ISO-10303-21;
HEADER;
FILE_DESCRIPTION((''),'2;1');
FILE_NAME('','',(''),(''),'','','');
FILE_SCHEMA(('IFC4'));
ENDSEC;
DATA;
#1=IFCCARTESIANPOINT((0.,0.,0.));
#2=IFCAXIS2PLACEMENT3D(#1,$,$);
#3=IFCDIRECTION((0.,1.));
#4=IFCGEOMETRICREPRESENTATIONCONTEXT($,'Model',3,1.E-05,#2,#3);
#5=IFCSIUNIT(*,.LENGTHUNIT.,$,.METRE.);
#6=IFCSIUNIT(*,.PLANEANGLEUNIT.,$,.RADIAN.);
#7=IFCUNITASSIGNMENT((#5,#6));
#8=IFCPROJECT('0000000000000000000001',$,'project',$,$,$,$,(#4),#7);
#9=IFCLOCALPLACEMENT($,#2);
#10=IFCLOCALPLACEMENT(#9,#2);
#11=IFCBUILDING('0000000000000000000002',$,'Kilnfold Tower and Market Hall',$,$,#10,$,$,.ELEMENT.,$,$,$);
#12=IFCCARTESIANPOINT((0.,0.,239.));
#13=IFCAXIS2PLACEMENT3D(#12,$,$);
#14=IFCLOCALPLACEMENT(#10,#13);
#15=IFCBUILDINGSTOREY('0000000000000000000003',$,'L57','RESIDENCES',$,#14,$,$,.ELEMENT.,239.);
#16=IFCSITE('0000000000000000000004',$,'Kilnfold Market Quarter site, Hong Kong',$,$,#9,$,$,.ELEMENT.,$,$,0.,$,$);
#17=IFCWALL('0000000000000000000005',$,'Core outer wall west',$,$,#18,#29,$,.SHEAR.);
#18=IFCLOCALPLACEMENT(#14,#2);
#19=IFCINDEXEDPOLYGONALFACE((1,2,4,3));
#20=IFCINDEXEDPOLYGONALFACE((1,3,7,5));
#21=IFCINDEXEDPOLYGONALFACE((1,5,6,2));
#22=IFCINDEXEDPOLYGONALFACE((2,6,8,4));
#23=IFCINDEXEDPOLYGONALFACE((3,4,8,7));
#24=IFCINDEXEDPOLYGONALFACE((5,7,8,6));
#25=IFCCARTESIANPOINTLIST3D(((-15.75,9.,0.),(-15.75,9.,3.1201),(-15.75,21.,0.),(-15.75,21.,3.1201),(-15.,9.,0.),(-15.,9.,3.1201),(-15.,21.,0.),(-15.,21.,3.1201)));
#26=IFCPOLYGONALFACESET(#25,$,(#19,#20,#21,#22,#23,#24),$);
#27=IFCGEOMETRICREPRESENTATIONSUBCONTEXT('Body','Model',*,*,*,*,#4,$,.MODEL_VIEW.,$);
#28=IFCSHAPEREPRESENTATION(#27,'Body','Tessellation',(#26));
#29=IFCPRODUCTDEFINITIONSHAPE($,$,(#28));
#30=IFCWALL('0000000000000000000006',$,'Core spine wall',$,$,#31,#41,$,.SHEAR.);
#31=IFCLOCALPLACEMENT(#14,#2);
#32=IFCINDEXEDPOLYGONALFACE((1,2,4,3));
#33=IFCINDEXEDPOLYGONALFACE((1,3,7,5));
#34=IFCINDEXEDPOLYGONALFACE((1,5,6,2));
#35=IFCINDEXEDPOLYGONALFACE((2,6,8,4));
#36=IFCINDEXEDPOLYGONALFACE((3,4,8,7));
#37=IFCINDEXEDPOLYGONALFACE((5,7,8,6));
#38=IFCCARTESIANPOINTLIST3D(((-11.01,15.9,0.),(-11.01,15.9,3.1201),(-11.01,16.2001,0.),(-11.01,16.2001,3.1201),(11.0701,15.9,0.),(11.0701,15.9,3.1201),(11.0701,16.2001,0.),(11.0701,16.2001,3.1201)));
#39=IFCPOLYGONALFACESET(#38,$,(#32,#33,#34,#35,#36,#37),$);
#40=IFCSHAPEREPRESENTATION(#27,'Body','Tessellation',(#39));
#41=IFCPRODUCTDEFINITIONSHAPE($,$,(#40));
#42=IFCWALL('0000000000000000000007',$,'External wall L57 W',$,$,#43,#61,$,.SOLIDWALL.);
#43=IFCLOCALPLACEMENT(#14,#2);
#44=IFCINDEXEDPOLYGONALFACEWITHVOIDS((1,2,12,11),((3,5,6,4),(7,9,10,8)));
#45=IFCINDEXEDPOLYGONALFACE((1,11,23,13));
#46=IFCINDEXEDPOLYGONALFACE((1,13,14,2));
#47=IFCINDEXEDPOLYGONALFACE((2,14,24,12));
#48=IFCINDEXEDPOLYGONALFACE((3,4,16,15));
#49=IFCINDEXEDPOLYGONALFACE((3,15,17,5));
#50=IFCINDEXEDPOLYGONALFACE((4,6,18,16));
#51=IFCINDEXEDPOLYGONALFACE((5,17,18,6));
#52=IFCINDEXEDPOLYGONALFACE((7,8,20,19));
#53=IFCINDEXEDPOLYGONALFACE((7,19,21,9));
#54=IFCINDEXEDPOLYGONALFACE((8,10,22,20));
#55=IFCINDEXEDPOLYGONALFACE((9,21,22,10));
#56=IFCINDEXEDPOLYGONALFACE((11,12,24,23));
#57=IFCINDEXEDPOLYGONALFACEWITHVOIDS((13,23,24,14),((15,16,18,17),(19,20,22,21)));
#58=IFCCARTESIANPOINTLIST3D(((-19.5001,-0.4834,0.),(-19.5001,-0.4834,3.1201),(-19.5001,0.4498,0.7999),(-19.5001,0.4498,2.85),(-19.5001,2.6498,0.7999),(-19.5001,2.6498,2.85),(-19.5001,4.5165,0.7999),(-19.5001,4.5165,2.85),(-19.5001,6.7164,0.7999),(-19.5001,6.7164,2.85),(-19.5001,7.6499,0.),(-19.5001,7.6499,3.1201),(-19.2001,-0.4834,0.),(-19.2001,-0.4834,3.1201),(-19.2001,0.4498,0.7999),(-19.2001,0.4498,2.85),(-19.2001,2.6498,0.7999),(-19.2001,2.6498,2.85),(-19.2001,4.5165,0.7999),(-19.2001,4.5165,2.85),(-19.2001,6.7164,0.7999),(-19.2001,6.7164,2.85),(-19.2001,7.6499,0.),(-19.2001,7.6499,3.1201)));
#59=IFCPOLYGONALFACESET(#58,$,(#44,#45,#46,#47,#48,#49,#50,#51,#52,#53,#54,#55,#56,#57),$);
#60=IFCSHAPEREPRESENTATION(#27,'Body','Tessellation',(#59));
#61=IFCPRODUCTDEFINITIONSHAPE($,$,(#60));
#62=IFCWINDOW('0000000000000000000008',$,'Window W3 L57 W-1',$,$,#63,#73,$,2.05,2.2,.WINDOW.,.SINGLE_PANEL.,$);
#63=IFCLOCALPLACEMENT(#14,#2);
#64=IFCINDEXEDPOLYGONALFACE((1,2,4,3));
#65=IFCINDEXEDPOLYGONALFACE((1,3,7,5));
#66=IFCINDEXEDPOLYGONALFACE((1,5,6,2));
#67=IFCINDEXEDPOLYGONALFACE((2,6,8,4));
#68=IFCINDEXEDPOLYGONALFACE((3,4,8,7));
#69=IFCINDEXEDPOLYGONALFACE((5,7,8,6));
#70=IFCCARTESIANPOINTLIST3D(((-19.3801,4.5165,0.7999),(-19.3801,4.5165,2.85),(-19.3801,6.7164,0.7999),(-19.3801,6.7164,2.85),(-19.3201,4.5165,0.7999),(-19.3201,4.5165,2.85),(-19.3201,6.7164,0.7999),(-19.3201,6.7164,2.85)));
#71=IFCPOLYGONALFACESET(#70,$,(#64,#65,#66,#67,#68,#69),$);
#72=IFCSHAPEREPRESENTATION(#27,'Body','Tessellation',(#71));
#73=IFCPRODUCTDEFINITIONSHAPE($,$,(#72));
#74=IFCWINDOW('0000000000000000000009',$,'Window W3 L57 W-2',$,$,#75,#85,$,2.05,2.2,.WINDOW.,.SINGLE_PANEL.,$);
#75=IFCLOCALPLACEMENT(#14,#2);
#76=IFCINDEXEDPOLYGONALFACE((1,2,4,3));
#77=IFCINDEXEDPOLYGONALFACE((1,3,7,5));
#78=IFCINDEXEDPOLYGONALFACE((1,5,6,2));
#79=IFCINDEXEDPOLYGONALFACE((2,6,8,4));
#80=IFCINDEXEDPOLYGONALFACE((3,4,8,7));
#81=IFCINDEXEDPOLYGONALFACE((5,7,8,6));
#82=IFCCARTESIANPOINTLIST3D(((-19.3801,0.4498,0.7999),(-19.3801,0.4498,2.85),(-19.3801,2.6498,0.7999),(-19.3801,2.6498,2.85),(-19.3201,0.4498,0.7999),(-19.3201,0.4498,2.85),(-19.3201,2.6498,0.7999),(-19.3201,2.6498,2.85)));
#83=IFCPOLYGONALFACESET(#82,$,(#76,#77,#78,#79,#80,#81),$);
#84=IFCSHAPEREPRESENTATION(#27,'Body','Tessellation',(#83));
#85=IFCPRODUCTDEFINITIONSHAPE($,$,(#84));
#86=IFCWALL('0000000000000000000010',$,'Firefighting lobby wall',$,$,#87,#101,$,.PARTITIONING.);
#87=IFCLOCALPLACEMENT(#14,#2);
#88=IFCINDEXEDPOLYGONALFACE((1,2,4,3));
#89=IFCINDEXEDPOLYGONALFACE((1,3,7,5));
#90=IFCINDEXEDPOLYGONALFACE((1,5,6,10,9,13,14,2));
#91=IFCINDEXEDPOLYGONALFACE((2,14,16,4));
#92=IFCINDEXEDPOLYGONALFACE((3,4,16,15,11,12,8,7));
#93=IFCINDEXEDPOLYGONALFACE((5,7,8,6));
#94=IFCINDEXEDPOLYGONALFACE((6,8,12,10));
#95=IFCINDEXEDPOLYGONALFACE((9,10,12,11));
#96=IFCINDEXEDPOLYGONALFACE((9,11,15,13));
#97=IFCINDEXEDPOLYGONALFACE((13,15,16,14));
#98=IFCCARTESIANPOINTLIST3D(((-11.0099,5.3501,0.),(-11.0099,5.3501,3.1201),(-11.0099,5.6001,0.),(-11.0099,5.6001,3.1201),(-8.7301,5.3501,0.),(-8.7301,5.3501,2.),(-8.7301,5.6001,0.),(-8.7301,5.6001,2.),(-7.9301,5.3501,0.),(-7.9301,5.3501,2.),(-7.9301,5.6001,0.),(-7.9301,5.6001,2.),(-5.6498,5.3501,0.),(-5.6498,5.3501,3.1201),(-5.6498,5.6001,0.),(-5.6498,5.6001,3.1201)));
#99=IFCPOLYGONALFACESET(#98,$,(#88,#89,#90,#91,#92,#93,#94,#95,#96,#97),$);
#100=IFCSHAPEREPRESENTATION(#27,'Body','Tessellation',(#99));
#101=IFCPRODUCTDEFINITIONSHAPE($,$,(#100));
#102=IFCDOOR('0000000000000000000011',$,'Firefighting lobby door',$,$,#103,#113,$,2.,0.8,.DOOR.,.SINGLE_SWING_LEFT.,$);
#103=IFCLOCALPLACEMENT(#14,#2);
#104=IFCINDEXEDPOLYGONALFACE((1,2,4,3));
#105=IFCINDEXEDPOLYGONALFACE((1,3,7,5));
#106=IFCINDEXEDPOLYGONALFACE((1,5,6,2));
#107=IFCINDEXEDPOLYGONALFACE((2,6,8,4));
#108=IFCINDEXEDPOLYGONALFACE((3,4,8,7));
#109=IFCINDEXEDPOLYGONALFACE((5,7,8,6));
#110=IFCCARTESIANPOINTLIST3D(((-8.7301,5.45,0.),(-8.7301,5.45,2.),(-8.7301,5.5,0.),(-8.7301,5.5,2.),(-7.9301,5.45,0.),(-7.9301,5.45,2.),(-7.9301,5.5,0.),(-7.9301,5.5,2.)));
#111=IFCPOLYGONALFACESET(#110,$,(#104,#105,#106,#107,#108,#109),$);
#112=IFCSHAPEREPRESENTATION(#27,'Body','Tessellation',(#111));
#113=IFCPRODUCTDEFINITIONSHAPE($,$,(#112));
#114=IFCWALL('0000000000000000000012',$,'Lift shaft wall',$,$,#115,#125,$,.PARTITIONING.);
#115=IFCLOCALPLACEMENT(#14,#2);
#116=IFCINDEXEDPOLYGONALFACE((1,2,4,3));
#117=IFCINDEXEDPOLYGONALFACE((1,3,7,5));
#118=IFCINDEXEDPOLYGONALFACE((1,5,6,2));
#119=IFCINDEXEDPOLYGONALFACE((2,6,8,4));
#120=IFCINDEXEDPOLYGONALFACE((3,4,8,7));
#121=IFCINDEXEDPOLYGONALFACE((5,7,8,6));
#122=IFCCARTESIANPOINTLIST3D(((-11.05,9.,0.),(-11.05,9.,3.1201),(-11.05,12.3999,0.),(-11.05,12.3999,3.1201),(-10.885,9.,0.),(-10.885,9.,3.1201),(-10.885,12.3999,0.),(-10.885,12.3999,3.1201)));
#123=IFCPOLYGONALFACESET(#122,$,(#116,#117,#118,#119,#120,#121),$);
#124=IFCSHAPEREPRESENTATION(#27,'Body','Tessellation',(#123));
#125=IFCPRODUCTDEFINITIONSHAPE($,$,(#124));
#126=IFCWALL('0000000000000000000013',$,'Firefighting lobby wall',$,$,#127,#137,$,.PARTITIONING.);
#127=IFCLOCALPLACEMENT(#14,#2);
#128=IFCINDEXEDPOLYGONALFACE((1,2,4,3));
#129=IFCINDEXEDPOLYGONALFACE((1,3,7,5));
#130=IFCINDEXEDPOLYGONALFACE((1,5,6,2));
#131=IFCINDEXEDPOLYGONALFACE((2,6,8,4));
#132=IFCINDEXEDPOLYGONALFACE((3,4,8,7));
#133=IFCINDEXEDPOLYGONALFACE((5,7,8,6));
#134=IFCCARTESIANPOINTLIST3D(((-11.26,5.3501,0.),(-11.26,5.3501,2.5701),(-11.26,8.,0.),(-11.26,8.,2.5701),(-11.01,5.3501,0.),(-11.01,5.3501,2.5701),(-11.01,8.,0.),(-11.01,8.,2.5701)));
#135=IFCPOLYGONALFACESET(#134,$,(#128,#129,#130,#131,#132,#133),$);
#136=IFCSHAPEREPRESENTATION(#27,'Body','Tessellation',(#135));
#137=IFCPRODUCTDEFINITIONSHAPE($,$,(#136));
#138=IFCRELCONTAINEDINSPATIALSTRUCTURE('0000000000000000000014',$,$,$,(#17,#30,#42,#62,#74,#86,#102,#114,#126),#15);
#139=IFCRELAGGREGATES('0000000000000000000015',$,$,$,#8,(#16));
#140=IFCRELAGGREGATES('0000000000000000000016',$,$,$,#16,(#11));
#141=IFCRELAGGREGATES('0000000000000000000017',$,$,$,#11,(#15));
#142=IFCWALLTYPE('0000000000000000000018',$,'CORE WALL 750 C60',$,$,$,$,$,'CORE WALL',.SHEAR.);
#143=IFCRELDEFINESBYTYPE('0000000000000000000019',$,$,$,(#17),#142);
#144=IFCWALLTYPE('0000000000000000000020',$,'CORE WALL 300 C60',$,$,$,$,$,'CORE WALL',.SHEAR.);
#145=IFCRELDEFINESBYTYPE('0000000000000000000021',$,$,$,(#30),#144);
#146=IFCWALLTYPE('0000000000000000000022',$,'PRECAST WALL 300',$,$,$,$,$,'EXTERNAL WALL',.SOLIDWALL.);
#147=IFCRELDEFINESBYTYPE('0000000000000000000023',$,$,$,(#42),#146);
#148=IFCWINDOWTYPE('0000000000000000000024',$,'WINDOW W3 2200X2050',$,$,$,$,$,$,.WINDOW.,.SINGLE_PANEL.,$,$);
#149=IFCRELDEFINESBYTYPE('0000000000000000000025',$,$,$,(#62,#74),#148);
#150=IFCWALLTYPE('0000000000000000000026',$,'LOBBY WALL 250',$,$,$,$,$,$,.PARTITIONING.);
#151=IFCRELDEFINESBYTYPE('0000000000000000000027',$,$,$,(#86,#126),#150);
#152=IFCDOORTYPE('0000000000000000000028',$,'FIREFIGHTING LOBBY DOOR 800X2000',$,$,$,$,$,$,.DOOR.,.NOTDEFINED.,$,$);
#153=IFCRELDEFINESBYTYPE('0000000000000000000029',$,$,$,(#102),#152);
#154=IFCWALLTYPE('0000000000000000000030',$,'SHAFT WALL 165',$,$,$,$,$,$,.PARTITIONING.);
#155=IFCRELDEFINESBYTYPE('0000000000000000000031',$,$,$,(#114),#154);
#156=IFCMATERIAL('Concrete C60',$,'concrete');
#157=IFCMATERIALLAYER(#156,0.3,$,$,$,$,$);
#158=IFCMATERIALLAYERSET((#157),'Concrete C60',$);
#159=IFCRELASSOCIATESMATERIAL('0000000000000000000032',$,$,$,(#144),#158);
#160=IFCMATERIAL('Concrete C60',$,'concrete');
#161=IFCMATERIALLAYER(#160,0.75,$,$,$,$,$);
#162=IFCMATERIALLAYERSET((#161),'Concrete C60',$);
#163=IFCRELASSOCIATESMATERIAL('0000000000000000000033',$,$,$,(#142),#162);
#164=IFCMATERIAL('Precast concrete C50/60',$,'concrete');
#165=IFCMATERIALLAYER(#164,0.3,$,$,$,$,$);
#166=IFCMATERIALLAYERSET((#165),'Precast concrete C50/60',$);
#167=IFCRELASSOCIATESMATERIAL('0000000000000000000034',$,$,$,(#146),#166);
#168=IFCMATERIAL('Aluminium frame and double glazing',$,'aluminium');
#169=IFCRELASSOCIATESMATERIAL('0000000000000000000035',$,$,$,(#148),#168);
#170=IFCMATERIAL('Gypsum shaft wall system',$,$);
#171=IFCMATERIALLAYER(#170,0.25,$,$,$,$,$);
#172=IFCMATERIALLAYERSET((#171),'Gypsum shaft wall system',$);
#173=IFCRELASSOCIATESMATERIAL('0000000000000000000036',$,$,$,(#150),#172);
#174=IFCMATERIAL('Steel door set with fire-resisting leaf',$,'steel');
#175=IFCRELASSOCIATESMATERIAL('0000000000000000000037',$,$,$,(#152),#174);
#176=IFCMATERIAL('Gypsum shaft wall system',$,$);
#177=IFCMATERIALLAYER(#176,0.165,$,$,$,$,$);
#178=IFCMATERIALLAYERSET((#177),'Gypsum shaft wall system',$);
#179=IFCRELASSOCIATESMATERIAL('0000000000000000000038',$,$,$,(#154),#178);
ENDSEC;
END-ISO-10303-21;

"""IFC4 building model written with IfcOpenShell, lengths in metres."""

from ifc_helpers import new_model, si_unit, direction, frame, frame_2d, origin, place, context, subcontext, project, spatial, rectangle, extrude, source, transform, mapped, material, layer, layer_set, type_object, element, fill, save


model = new_model("IFC4")

# Units and contexts
model_context = context("Model", 3, precision=1e-05, world=origin(), true_north=direction((0.0, 1.0)))
body_context = subcontext(model_context, "Body", "Model", "MODEL_VIEW")
ifc_project = project(units=[si_unit("LENGTHUNIT", "METRE"), si_unit("PLANEANGLEUNIT", "RADIAN")], contexts=[model_context])

# Site, building, storey
site_placement = place(None, origin())
site = spatial("IfcSite", under=ifc_project, at=site_placement, Name="Kilnfold Market Quarter site, Hong Kong", CompositionType="ELEMENT", RefElevation=0.0)
building_placement = place(site_placement, origin())
building = spatial("IfcBuilding", under=site, at=building_placement, Name="Kilnfold Tower and Market Hall", CompositionType="ELEMENT")
storey_placement = place(building_placement, frame((0.0, 0.0, 239.0)))
storey = spatial("IfcBuildingStorey", under=building, at=storey_placement, Name="L57", Description="RESIDENCES", CompositionType="ELEMENT", Elevation=239.0)

# Shared definitions
ifc_material_1 = material(Name="Concrete C60", Category="concrete")
ifc_layer_1 = layer(ifc_material_1, 0.3)
ifc_layer_set_1 = layer_set([ifc_layer_1], Name="Concrete C60")
wall_type_1 = type_object("IfcWallType", Name="CORE WALL 300 C60", ElementType="CORE WALL", PredefinedType="SHEAR", material=ifc_layer_set_1)

# Shared definitions
ifc_material_2 = material(Name="Concrete C60", Category="concrete")
ifc_layer_2 = layer(ifc_material_2, 0.75)
ifc_layer_set_2 = layer_set([ifc_layer_2], Name="Concrete C60")
wall_type_2 = type_object("IfcWallType", Name="CORE WALL 750 C60", ElementType="CORE WALL", PredefinedType="SHEAR", material=ifc_layer_set_2)

# Walls
shared_shape_1 = source(origin(), body_context, "Body", "SweptSolid", [
    extrude(rectangle(XDim=12.0, YDim=0.75, at=frame_2d((6.0, 0.0))), origin(), (0.0, 0.0, 1.0), 3.1201),
])
wall_1_placement = place(storey_placement, frame((-15.375, 9.0, 0.0), z_axis=(0.0, 0.0, 1.0), x_axis=(0.0, 1.0, 0.0)))
element("IfcWall", 1, at=wall_1_placement, inside=storey, type_object=wall_type_2, Name="Core outer wall west", PredefinedType="SHEAR", context=body_context, shape_type="MappedRepresentation", body=[
    mapped(shared_shape_1, transform((0.0, 0.0, 0.0))),
])
shared_shape_2 = source(origin(), body_context, "Body", "SweptSolid", [
    extrude(rectangle(XDim=22.0801, YDim=0.3, at=frame_2d((11.04, 0.0))), origin(), (0.0, 0.0, 1.0), 3.1201),
])
wall_2_placement = place(storey_placement, frame((-11.01, 16.05, 0.0), z_axis=(0.0, 0.0, 1.0), x_axis=(1.0, 0.0, 0.0)))
element("IfcWall", 2, at=wall_2_placement, inside=storey, type_object=wall_type_1, Name="Core spine wall", PredefinedType="SHEAR", context=body_context, shape_type="MappedRepresentation", body=[
    mapped(shared_shape_2, transform((0.0, 0.0, 0.0))),
])

# Wall, openings, windows
ifc_material_3 = material(Name="Precast concrete C50/60", Category="concrete")
ifc_layer_3 = layer(ifc_material_3, 0.3)
ifc_layer_set_3 = layer_set([ifc_layer_3], Name="Precast concrete C50/60")
wall_type_3 = type_object("IfcWallType", Name="PRECAST WALL 300", ElementType="EXTERNAL WALL", PredefinedType="SOLIDWALL", material=ifc_layer_set_3)
shared_shape_3 = source(origin(), body_context, "Body", "SweptSolid", [
    extrude(rectangle(XDim=8.1333, YDim=0.3, at=frame_2d((4.0667, 0.0))), origin(), (0.0, 0.0, 1.0), 3.1201),
])
wall_3_placement = place(storey_placement, frame((-19.3501, 7.6499, 0.0), z_axis=(0.0, 0.0, 1.0), x_axis=(0.0, -1.0, 0.0)))
wall_3 = element("IfcWall", 3, at=wall_3_placement, inside=storey, type_object=wall_type_3, Name="External wall L57 W", PredefinedType="SOLIDWALL", context=body_context, shape_type="MappedRepresentation", body=[
    mapped(shared_shape_3, transform((0.0, 0.0, 0.0))),
])
opening_1_placement = place(wall_3_placement, frame((0.9333, 0.0, 0.8)))
opening_1 = element("IfcOpeningElement", 4, at=opening_1_placement, cuts=wall_3, PredefinedType="OPENING", context=body_context, shape_type="SweptSolid", body=[
    extrude(rectangle(XDim=2.2, YDim=2.05, at=frame_2d((1.1001, 1.0249))), frame((0.0, 0.1602, 0.0), z_axis=(0.0, -1.0, 0.0), x_axis=(1.0, 0.0, 0.0)), (0.0, 0.0, 1.0), 0.3201),
])
opening_2_placement = place(wall_3_placement, frame((5.0, 0.0, 0.8)))
opening_2 = element("IfcOpeningElement", 5, at=opening_2_placement, cuts=wall_3, PredefinedType="OPENING", context=body_context, shape_type="SweptSolid", body=[
    extrude(rectangle(XDim=2.2, YDim=2.05, at=frame_2d((1.1001, 1.0249))), frame((0.0, 0.1602, 0.0), z_axis=(0.0, -1.0, 0.0), x_axis=(1.0, 0.0, 0.0)), (0.0, 0.0, 1.0), 0.3201),
])
ifc_material_4 = material(Name="Aluminium frame and double glazing", Category="aluminium")
window_type = type_object("IfcWindowType", Name="WINDOW W3 2200X2050", PartitioningType="SINGLE_PANEL", PredefinedType="WINDOW", material=ifc_material_4)
window_1_placement = place(opening_1_placement, origin())
window_1 = element("IfcWindow", 6, at=window_1_placement, inside=storey, type_object=window_type, Name="Window W3 L57 W-1", OverallHeight=2.05, OverallWidth=2.2, PartitioningType="SINGLE_PANEL", PredefinedType="WINDOW", context=body_context, shape_type="SweptSolid", body=[
    extrude(rectangle(XDim=2.2, YDim=2.05, at=frame_2d((1.1001, 1.0249))), frame((0.0, 0.03, 0.0), z_axis=(0.0, -1.0, 0.0), x_axis=(1.0, 0.0, 0.0)), (0.0, 0.0, 1.0), 0.0601),
])
fill(opening_1, window_1)
window_2_placement = place(opening_2_placement, origin())
window_2 = element("IfcWindow", 7, at=window_2_placement, inside=storey, type_object=window_type, Name="Window W3 L57 W-2", OverallHeight=2.05, OverallWidth=2.2, PartitioningType="SINGLE_PANEL", PredefinedType="WINDOW", context=body_context, shape_type="SweptSolid", body=[
    extrude(rectangle(XDim=2.2, YDim=2.05, at=frame_2d((1.1001, 1.0249))), frame((0.0, 0.03, 0.0), z_axis=(0.0, -1.0, 0.0), x_axis=(1.0, 0.0, 0.0)), (0.0, 0.0, 1.0), 0.0601),
])
fill(opening_2, window_2)

# Wall, opening, door
ifc_material_5 = material(Name="Gypsum shaft wall system")
ifc_layer_4 = layer(ifc_material_5, 0.25)
ifc_layer_set_4 = layer_set([ifc_layer_4], Name="Gypsum shaft wall system")
wall_type_4 = type_object("IfcWallType", Name="LOBBY WALL 250", PredefinedType="PARTITIONING", material=ifc_layer_set_4)
shared_shape_4 = source(origin(), body_context, "Body", "SweptSolid", [
    extrude(rectangle(XDim=5.3601, YDim=0.25, at=frame_2d((2.6802, 0.0))), origin(), (0.0, 0.0, 1.0), 3.1201),
])
wall_4_placement = place(storey_placement, frame((-11.01, 5.4751, 0.0), z_axis=(0.0, 0.0, 1.0), x_axis=(1.0, 0.0, 0.0)))
wall_4 = element("IfcWall", 8, at=wall_4_placement, inside=storey, type_object=wall_type_4, Name="Firefighting lobby wall", PredefinedType="PARTITIONING", context=body_context, shape_type="MappedRepresentation", body=[
    mapped(shared_shape_4, transform((0.0, 0.0, 0.0))),
])
opening_3_placement = place(wall_4_placement, frame((2.28, 0.0, 0.0)))
opening_3 = element("IfcOpeningElement", 9, at=opening_3_placement, cuts=wall_4, PredefinedType="OPENING", context=body_context, shape_type="SweptSolid", body=[
    extrude(rectangle(XDim=0.8, YDim=2.0, at=frame_2d((0.3999, 1.0))), frame((0.0, 0.135, 0.0), z_axis=(0.0, -1.0, 0.0), x_axis=(1.0, 0.0, 0.0)), (0.0, 0.0, 1.0), 0.27),
])
ifc_material_6 = material(Name="Steel door set with fire-resisting leaf", Category="steel")
door_type_1 = type_object("IfcDoorType", Name="FIREFIGHTING LOBBY DOOR 800X2000", OperationType="NOTDEFINED", PredefinedType="DOOR", material=ifc_material_6)
door_1_placement = place(opening_3_placement, origin())
door_1 = element("IfcDoor", 10, at=door_1_placement, inside=storey, type_object=door_type_1, Name="Firefighting lobby door", OperationType="SINGLE_SWING_LEFT", OverallHeight=2.0, OverallWidth=0.8, PredefinedType="DOOR", context=body_context, shape_type="SweptSolid", body=[
    extrude(rectangle(XDim=0.8, YDim=2.0, at=frame_2d((0.3999, 1.0))), frame((0.0, 0.0249, 0.0), z_axis=(0.0, -1.0, 0.0), x_axis=(1.0, 0.0, 0.0)), (0.0, 0.0, 1.0), 0.05),
])
fill(opening_3, door_1)

# Walls
ifc_material_7 = material(Name="Gypsum shaft wall system")
ifc_layer_5 = layer(ifc_material_7, 0.165)
ifc_layer_set_5 = layer_set([ifc_layer_5], Name="Gypsum shaft wall system")
wall_type_5 = type_object("IfcWallType", Name="SHAFT WALL 165", PredefinedType="PARTITIONING", material=ifc_layer_set_5)
shared_shape_5 = source(origin(), body_context, "Body", "SweptSolid", [
    extrude(rectangle(XDim=3.3999, YDim=0.165, at=frame_2d((1.7, 0.0))), origin(), (0.0, 0.0, 1.0), 3.1201),
])
wall_5_placement = place(storey_placement, frame((-10.9675, 9.0, 0.0), z_axis=(0.0, 0.0, 1.0), x_axis=(0.0, 1.0, 0.0)))
element("IfcWall", 11, at=wall_5_placement, inside=storey, type_object=wall_type_5, Name="Lift shaft wall", PredefinedType="PARTITIONING", context=body_context, shape_type="MappedRepresentation", body=[
    mapped(shared_shape_5, transform((0.0, 0.0, 0.0))),
])
shared_shape_6 = source(origin(), body_context, "Body", "SweptSolid", [
    extrude(rectangle(XDim=2.6499, YDim=0.25, at=frame_2d((1.325, 0.0))), origin(), (0.0, 0.0, 1.0), 2.5701),
])
wall_6_placement = place(storey_placement, frame((-11.135, 5.3501, 0.0), z_axis=(0.0, 0.0, 1.0), x_axis=(0.0, 1.0, 0.0)))
element("IfcWall", 12, at=wall_6_placement, inside=storey, type_object=wall_type_4, Name="Firefighting lobby wall", PredefinedType="PARTITIONING", context=body_context, shape_type="MappedRepresentation", body=[
    mapped(shared_shape_6, transform((0.0, 0.0, 0.0))),
])

save(model, "model.ifc")
